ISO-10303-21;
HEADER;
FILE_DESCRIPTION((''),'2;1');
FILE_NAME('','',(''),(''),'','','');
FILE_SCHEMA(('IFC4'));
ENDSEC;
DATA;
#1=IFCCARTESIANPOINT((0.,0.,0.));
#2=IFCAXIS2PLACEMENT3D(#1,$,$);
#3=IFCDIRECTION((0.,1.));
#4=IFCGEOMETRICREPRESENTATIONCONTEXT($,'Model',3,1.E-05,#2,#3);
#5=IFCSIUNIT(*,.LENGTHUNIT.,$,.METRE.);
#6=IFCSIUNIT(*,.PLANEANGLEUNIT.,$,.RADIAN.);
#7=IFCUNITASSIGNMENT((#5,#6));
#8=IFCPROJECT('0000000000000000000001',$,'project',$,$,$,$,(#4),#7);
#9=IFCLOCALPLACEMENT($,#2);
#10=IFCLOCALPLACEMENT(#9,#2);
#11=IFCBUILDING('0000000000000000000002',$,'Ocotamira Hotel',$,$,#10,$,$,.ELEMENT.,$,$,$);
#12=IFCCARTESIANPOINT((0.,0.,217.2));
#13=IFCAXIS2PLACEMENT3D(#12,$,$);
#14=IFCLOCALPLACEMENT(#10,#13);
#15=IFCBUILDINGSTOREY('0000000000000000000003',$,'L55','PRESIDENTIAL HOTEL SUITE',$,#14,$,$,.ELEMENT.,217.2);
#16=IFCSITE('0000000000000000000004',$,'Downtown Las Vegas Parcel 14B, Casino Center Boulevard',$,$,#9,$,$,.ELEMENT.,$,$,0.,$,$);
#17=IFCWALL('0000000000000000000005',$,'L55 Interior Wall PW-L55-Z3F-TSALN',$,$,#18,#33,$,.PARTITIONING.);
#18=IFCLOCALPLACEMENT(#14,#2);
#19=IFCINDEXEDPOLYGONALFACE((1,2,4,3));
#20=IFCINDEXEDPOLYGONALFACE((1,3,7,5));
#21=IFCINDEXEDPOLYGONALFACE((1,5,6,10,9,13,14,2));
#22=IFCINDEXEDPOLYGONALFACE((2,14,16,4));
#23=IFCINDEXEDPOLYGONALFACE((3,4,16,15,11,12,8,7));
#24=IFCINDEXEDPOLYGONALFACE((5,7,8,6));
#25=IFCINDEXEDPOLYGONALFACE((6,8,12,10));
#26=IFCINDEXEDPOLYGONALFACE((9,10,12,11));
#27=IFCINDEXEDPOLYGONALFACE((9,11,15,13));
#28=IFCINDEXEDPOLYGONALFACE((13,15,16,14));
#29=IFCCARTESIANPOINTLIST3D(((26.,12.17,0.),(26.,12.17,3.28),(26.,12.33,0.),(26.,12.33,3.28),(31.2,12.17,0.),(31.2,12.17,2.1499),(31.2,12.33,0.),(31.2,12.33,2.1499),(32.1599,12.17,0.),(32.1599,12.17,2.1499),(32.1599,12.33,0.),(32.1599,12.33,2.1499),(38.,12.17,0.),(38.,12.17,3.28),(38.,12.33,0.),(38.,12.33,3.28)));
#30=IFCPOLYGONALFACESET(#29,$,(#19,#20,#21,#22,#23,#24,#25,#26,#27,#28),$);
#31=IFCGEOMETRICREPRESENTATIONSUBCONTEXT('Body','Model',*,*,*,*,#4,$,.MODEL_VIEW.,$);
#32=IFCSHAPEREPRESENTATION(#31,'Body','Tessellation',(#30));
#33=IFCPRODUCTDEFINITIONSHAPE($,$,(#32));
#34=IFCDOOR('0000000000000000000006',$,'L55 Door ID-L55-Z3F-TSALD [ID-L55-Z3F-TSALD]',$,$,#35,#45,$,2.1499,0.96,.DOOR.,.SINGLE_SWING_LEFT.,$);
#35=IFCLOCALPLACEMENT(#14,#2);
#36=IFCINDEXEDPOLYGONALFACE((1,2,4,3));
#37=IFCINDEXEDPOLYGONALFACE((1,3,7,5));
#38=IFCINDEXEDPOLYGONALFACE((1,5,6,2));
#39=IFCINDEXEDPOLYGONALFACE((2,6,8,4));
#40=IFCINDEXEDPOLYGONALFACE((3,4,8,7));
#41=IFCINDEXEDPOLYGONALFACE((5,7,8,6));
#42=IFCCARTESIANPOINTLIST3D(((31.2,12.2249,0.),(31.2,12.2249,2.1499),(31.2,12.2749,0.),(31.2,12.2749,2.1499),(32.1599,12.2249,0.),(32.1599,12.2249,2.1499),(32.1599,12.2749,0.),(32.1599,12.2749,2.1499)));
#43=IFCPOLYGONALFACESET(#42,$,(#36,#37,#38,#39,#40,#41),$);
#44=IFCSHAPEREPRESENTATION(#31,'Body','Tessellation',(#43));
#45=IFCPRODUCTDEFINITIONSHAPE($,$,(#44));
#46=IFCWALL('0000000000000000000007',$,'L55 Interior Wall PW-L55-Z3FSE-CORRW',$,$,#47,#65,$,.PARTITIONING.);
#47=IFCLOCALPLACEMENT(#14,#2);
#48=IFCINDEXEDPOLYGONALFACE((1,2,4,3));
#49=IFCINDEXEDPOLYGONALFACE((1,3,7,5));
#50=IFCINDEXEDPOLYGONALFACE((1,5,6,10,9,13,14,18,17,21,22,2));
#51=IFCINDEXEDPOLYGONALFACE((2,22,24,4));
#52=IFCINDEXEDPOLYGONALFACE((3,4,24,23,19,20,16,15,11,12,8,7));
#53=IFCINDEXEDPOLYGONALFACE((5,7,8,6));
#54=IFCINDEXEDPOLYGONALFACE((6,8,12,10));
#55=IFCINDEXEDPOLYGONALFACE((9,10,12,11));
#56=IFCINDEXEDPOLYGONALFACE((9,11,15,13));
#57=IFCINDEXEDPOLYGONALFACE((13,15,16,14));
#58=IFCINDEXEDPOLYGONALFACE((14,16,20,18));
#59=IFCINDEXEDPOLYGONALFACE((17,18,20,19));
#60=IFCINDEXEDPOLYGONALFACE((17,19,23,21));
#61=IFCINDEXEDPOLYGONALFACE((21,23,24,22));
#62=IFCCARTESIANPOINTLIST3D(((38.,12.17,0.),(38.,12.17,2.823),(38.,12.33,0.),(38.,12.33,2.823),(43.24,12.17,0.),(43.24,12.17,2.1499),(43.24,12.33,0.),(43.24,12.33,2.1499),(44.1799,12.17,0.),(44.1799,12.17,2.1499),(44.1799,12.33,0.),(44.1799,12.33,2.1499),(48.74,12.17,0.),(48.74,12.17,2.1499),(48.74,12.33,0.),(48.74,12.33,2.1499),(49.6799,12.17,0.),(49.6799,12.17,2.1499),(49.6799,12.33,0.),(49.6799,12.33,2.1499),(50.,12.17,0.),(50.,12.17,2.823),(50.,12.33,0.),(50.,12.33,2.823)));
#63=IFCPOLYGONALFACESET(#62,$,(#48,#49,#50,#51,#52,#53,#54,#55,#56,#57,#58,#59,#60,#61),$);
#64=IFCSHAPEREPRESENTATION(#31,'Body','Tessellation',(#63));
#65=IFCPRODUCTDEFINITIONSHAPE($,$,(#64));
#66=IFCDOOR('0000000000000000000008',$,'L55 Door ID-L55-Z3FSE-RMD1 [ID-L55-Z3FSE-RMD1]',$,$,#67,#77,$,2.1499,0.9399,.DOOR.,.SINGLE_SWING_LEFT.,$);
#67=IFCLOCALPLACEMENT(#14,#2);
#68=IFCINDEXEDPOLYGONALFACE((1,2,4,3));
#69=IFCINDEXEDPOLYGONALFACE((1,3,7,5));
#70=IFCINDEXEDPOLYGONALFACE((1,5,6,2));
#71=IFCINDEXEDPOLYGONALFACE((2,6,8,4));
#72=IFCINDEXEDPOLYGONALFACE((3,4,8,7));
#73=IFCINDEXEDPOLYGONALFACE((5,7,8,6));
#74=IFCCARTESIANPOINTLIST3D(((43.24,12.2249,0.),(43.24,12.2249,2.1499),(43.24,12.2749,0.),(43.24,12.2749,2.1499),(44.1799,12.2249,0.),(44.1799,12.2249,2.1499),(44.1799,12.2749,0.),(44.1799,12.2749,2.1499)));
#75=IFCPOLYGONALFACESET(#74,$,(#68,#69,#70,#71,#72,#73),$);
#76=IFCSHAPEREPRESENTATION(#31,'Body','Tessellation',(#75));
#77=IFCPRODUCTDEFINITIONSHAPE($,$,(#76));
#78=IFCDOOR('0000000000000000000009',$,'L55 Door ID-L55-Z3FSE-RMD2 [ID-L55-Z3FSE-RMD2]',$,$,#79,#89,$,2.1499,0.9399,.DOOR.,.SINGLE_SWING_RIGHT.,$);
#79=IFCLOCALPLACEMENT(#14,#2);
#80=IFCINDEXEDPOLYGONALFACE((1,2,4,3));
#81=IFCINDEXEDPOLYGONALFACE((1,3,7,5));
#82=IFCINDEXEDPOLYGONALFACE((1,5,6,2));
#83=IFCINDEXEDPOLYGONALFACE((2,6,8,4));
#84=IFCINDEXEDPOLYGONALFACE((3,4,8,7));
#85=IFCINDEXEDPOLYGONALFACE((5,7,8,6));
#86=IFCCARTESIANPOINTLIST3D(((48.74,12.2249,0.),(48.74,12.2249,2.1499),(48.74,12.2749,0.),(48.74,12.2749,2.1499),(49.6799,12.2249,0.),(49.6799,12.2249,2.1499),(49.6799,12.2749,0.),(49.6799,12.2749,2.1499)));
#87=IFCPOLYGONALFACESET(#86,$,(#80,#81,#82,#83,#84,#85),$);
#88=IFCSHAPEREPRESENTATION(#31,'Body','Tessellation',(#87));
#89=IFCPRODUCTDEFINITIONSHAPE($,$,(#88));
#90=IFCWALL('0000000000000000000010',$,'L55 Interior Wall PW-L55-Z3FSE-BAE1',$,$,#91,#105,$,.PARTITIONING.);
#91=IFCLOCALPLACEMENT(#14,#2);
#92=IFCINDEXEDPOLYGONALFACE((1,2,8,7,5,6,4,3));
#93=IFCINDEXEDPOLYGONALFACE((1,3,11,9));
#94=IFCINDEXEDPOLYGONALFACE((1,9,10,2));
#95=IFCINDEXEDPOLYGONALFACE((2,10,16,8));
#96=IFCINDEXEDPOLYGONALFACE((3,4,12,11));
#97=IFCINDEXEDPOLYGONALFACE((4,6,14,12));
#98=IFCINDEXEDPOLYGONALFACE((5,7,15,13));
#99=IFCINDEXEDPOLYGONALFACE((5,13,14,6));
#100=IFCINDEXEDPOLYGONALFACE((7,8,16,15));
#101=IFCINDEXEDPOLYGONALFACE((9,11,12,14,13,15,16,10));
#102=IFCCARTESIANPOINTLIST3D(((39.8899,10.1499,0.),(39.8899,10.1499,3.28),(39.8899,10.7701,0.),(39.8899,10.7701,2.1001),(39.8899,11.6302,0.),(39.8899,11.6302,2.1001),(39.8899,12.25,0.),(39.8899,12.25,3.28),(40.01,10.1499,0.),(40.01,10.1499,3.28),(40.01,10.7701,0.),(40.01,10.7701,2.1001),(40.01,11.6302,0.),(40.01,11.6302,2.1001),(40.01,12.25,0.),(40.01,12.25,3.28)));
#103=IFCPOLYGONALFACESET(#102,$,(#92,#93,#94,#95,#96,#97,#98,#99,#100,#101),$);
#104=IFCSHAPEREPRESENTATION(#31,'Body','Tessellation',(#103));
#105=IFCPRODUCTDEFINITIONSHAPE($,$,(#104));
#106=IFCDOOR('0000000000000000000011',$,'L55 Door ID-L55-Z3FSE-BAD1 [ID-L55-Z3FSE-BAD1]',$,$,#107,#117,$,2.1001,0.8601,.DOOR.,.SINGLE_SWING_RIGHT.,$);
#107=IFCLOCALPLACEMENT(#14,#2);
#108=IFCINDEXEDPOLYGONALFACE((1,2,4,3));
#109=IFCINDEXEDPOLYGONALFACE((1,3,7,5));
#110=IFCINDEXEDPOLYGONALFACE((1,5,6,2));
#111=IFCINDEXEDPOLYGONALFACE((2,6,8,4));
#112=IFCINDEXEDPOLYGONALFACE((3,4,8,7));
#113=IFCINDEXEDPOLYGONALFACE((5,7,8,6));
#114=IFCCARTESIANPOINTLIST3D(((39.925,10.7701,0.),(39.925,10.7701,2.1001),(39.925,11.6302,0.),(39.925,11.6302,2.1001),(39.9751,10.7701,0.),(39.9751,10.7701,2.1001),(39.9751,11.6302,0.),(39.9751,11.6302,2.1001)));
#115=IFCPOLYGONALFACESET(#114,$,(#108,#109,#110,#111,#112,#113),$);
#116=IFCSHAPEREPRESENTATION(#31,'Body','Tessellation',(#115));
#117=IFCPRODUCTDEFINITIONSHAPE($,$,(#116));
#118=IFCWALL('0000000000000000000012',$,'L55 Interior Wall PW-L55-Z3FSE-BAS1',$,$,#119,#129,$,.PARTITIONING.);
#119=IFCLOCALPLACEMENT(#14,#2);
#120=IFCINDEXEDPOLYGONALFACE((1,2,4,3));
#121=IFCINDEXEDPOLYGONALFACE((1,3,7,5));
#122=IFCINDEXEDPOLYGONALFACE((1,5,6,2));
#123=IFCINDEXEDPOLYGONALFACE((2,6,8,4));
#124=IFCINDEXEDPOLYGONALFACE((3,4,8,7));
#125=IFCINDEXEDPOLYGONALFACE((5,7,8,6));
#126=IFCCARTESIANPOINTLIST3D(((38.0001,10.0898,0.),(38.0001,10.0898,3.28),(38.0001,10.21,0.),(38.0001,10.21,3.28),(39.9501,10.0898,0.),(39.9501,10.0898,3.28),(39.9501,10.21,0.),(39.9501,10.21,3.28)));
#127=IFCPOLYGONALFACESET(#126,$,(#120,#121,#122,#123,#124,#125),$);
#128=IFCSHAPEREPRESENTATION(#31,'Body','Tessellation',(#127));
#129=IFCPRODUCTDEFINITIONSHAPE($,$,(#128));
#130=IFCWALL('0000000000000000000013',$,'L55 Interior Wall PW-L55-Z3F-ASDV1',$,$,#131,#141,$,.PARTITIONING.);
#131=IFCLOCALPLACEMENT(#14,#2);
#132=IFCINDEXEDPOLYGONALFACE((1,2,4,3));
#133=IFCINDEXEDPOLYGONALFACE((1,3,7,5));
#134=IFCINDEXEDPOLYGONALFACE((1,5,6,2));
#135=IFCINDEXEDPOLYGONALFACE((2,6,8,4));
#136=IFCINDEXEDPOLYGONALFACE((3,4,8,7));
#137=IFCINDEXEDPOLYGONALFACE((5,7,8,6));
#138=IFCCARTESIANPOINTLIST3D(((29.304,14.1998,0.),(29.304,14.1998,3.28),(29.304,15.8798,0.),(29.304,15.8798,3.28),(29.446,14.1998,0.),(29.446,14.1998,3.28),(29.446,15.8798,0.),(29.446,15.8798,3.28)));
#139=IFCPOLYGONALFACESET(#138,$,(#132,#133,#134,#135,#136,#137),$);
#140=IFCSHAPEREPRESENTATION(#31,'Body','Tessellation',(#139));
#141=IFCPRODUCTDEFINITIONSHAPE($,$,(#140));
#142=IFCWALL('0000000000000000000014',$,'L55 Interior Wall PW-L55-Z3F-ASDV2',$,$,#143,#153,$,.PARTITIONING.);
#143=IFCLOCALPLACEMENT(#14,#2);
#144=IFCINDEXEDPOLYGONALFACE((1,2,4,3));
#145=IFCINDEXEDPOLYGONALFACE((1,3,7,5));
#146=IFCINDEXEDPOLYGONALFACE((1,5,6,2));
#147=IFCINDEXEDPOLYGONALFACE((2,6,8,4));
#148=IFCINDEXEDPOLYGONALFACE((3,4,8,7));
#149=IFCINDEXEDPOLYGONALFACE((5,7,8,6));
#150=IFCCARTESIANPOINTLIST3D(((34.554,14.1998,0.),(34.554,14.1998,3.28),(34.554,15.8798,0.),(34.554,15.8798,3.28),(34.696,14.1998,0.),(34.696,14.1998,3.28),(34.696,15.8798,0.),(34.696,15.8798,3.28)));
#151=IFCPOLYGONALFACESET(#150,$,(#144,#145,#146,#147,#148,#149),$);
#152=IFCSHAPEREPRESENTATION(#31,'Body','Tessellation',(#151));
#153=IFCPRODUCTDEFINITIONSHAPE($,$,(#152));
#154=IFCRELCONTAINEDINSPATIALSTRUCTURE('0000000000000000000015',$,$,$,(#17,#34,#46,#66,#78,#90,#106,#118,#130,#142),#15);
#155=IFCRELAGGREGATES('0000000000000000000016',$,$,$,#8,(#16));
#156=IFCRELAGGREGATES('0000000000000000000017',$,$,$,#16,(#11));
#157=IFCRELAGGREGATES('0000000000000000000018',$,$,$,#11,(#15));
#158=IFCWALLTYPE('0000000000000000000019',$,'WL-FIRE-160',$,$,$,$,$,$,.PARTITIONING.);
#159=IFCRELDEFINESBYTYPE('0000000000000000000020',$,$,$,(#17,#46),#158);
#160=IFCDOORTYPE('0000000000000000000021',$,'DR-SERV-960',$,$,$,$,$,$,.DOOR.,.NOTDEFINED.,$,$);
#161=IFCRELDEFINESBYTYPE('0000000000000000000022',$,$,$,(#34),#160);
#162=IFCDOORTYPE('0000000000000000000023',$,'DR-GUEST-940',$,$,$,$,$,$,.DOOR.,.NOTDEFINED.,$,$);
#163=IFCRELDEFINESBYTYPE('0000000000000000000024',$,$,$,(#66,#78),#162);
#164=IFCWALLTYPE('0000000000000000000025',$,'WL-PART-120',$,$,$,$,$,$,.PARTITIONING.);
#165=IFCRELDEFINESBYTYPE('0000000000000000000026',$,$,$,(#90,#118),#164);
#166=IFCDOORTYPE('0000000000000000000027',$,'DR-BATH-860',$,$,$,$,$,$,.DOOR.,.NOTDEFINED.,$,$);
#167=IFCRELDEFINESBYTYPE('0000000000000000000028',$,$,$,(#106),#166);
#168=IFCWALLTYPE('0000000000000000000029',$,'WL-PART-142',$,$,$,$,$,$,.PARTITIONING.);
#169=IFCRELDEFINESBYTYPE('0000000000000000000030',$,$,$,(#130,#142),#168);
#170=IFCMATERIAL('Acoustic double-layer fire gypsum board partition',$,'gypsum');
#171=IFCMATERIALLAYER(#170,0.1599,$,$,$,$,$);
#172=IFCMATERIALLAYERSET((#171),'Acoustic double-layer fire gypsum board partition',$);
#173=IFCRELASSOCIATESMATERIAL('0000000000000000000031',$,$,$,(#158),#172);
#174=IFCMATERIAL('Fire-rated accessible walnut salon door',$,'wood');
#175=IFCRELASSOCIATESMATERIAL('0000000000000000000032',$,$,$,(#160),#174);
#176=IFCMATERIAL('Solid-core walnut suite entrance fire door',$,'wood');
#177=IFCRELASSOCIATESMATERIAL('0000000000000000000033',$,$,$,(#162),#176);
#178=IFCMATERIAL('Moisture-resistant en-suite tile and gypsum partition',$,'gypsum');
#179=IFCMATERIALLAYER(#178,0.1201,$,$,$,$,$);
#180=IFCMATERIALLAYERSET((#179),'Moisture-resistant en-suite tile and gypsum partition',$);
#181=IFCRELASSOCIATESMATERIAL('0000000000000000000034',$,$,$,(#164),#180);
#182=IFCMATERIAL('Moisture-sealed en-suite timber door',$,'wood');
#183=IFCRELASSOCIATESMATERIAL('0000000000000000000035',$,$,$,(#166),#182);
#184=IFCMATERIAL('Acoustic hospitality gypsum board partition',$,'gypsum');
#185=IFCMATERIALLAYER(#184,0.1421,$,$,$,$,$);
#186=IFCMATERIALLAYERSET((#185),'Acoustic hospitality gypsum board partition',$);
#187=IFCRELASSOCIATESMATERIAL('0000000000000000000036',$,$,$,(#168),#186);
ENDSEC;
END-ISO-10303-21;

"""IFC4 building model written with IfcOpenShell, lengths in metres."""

from ifc_helpers import new_model, si_unit, direction, frame, frame_2d, origin, place, context, subcontext, project, spatial, rectangle, extrude, source, transform, mapped, material, layer, layer_set, type_object, element, fill, save


model = new_model("IFC4")

# Units and contexts
model_context = context("Model", 3, precision=1e-05, world=origin(), true_north=direction((0.0, 1.0)))
body_context = subcontext(model_context, "Body", "Model", "MODEL_VIEW")
ifc_project = project(units=[si_unit("LENGTHUNIT", "METRE"), si_unit("PLANEANGLEUNIT", "RADIAN")], contexts=[model_context])

# Site, building, storey
site_placement = place(None, origin())
site = spatial("IfcSite", under=ifc_project, at=site_placement, Name="Downtown Las Vegas Parcel 14B, Casino Center Boulevard", CompositionType="ELEMENT", RefElevation=0.0)
building_placement = place(site_placement, origin())
building = spatial("IfcBuilding", under=site, at=building_placement, Name="Ocotamira Hotel", CompositionType="ELEMENT")
storey_placement = place(building_placement, frame((0.0, 0.0, 217.2)))
storey = spatial("IfcBuildingStorey", under=building, at=storey_placement, Name="L55", Description="PRESIDENTIAL HOTEL SUITE", CompositionType="ELEMENT", Elevation=217.2)

# Wall, opening, door
ifc_material_1 = material(Name="Acoustic double-layer fire gypsum board partition", Category="gypsum")
ifc_layer_1 = layer(ifc_material_1, 0.1599)
ifc_layer_set_1 = layer_set([ifc_layer_1], Name="Acoustic double-layer fire gypsum board partition")
wall_type_1 = type_object("IfcWallType", Name="WL-FIRE-160", PredefinedType="PARTITIONING", material=ifc_layer_set_1)
wall_1_placement = place(storey_placement, frame((26.0, 12.25, 0.0), z_axis=(0.0, 0.0, 1.0), x_axis=(1.0, 0.0, 0.0)))
wall_1 = element("IfcWall", 1, at=wall_1_placement, inside=storey, type_object=wall_type_1, Name="L55 Interior Wall PW-L55-Z3F-TSALN", PredefinedType="PARTITIONING", context=body_context, shape_type="SweptSolid", body=[
    extrude(rectangle(XDim=12.0, YDim=0.1599, at=frame_2d((6.0, 0.0))), origin(), (0.0, 0.0, 1.0), 3.28),
])
opening_1_placement = place(wall_1_placement, frame((5.2, 0.0, 0.0)))
opening_1 = element("IfcOpeningElement", 2, at=opening_1_placement, cuts=wall_1, PredefinedType="OPENING", context=body_context, shape_type="SweptSolid", body=[
    extrude(rectangle(XDim=0.96, YDim=2.1499, at=frame_2d((0.48, 1.075))), frame((0.0, 0.0898, 0.0), z_axis=(0.0, -1.0, 0.0), x_axis=(1.0, 0.0, 0.0)), (0.0, 0.0, 1.0), 0.1799),
])
ifc_material_2 = material(Name="Fire-rated accessible walnut salon door", Category="wood")
door_type_1 = type_object("IfcDoorType", Name="DR-SERV-960", OperationType="NOTDEFINED", PredefinedType="DOOR", material=ifc_material_2)
shared_shape_1 = source(origin(), body_context, "Body", "SweptSolid", [
    extrude(rectangle(XDim=0.96, YDim=2.1499, at=frame_2d((0.48, 1.075))), frame((0.0, 0.0249, 0.0), z_axis=(0.0, -1.0, 0.0), x_axis=(1.0, 0.0, 0.0)), (0.0, 0.0, 1.0), 0.05),
])
door_1_placement = place(opening_1_placement, origin())
door_1 = element("IfcDoor", 3, at=door_1_placement, inside=storey, type_object=door_type_1, Name="L55 Door ID-L55-Z3F-TSALD [ID-L55-Z3F-TSALD]", OperationType="SINGLE_SWING_LEFT", OverallHeight=2.1499, OverallWidth=0.96, PredefinedType="DOOR", context=body_context, shape_type="MappedRepresentation", body=[
    mapped(shared_shape_1, transform((0.0, 0.0, 0.0), scale=1.0)),
])
fill(opening_1, door_1)

# Wall, openings, doors
wall_2_placement = place(storey_placement, frame((38.0, 12.25, 0.0), z_axis=(0.0, 0.0, 1.0), x_axis=(1.0, 0.0, 0.0)))
wall_2 = element("IfcWall", 4, at=wall_2_placement, inside=storey, type_object=wall_type_1, Name="L55 Interior Wall PW-L55-Z3FSE-CORRW", PredefinedType="PARTITIONING", context=body_context, shape_type="SweptSolid", body=[
    extrude(rectangle(XDim=12.0, YDim=0.1599, at=frame_2d((6.0, 0.0))), origin(), (0.0, 0.0, 1.0), 2.823),
])
opening_2_placement = place(wall_2_placement, frame((5.24, 0.0, 0.0)))
opening_2 = element("IfcOpeningElement", 5, at=opening_2_placement, cuts=wall_2, PredefinedType="OPENING", context=body_context, shape_type="SweptSolid", body=[
    extrude(rectangle(XDim=0.9399, YDim=2.1499, at=frame_2d((0.47, 1.075))), frame((0.0, 0.0898, 0.0), z_axis=(0.0, -1.0, 0.0), x_axis=(1.0, 0.0, 0.0)), (0.0, 0.0, 1.0), 0.1799),
])
opening_3_placement = place(wall_2_placement, frame((10.74, 0.0, 0.0)))
opening_3 = element("IfcOpeningElement", 6, at=opening_3_placement, cuts=wall_2, PredefinedType="OPENING", context=body_context, shape_type="SweptSolid", body=[
    extrude(rectangle(XDim=0.9399, YDim=2.1499, at=frame_2d((0.47, 1.075))), frame((0.0, 0.0898, 0.0), z_axis=(0.0, -1.0, 0.0), x_axis=(1.0, 0.0, 0.0)), (0.0, 0.0, 1.0), 0.1799),
])
ifc_material_3 = material(Name="Solid-core walnut suite entrance fire door", Category="wood")
door_type_2 = type_object("IfcDoorType", Name="DR-GUEST-940", OperationType="NOTDEFINED", PredefinedType="DOOR", material=ifc_material_3)
shared_shape_2 = source(origin(), body_context, "Body", "SweptSolid", [
    extrude(rectangle(XDim=0.9399, YDim=2.1499, at=frame_2d((0.47, 1.075))), frame((0.0, 0.0249, 0.0), z_axis=(0.0, -1.0, 0.0), x_axis=(1.0, 0.0, 0.0)), (0.0, 0.0, 1.0), 0.05),
])
door_2_placement = place(opening_2_placement, origin())
door_2 = element("IfcDoor", 7, at=door_2_placement, inside=storey, type_object=door_type_2, Name="L55 Door ID-L55-Z3FSE-RMD1 [ID-L55-Z3FSE-RMD1]", OperationType="SINGLE_SWING_LEFT", OverallHeight=2.1499, OverallWidth=0.9399, PredefinedType="DOOR", context=body_context, shape_type="MappedRepresentation", body=[
    mapped(shared_shape_2, transform((0.0, 0.0, 0.0), scale=1.0)),
])
fill(opening_2, door_2)
door_3_placement = place(opening_3_placement, origin())
door_3 = element("IfcDoor", 8, at=door_3_placement, inside=storey, type_object=door_type_2, Name="L55 Door ID-L55-Z3FSE-RMD2 [ID-L55-Z3FSE-RMD2]", OperationType="SINGLE_SWING_RIGHT", OverallHeight=2.1499, OverallWidth=0.9399, PredefinedType="DOOR", context=body_context, shape_type="MappedRepresentation", body=[
    mapped(shared_shape_2, transform((0.0, 0.0, 0.0), scale=1.0)),
])
fill(opening_3, door_3)

# Wall, opening, door
ifc_material_4 = material(Name="Moisture-resistant en-suite tile and gypsum partition", Category="gypsum")
ifc_layer_2 = layer(ifc_material_4, 0.1201)
ifc_layer_set_2 = layer_set([ifc_layer_2], Name="Moisture-resistant en-suite tile and gypsum partition")
wall_type_2 = type_object("IfcWallType", Name="WL-PART-120", PredefinedType="PARTITIONING", material=ifc_layer_set_2)
wall_3_placement = place(storey_placement, frame((39.95, 10.1499, 0.0), z_axis=(0.0, 0.0, 1.0), x_axis=(0.0, 1.0, 0.0)))
wall_3 = element("IfcWall", 9, at=wall_3_placement, inside=storey, type_object=wall_type_2, Name="L55 Interior Wall PW-L55-Z3FSE-BAE1", PredefinedType="PARTITIONING", context=body_context, shape_type="SweptSolid", body=[
    extrude(rectangle(XDim=2.1001, YDim=0.1201, at=frame_2d((1.05, 0.0))), origin(), (0.0, 0.0, 1.0), 3.28),
])
opening_4_placement = place(wall_3_placement, frame((0.6201, 0.0, 0.0)))
opening_4 = element("IfcOpeningElement", 10, at=opening_4_placement, cuts=wall_3, PredefinedType="OPENING", context=body_context, shape_type="SweptSolid", body=[
    extrude(rectangle(XDim=0.8601, YDim=2.1001, at=frame_2d((0.4302, 1.05))), frame((0.0, 0.0701, 0.0), z_axis=(0.0, -1.0, 0.0), x_axis=(1.0, 0.0, 0.0)), (0.0, 0.0, 1.0), 0.1401),
])
ifc_material_5 = material(Name="Moisture-sealed en-suite timber door", Category="wood")
door_type_3 = type_object("IfcDoorType", Name="DR-BATH-860", OperationType="NOTDEFINED", PredefinedType="DOOR", material=ifc_material_5)
shared_shape_3 = source(origin(), body_context, "Body", "SweptSolid", [
    extrude(rectangle(XDim=0.8601, YDim=2.1001, at=frame_2d((0.4302, 1.05))), frame((0.0, 0.0249, 0.0), z_axis=(0.0, -1.0, 0.0), x_axis=(1.0, 0.0, 0.0)), (0.0, 0.0, 1.0), 0.05),
])
door_4_placement = place(opening_4_placement, origin())
door_4 = element("IfcDoor", 11, at=door_4_placement, inside=storey, type_object=door_type_3, Name="L55 Door ID-L55-Z3FSE-BAD1 [ID-L55-Z3FSE-BAD1]", OperationType="SINGLE_SWING_RIGHT", OverallHeight=2.1001, OverallWidth=0.8601, PredefinedType="DOOR", context=body_context, shape_type="MappedRepresentation", body=[
    mapped(shared_shape_3, transform((0.0, 0.0, 0.0), scale=1.0)),
])
fill(opening_4, door_4)

# Walls
wall_4_placement = place(storey_placement, frame((38.0, 10.1499, 0.0), z_axis=(0.0, 0.0, 1.0), x_axis=(1.0, 0.0, 0.0)))
element("IfcWall", 12, at=wall_4_placement, inside=storey, type_object=wall_type_2, Name="L55 Interior Wall PW-L55-Z3FSE-BAS1", PredefinedType="PARTITIONING", context=body_context, shape_type="SweptSolid", body=[
    extrude(rectangle(XDim=1.95, YDim=0.1201, at=frame_2d((0.9751, 0.0))), origin(), (0.0, 0.0, 1.0), 3.28),
])
ifc_material_6 = material(Name="Acoustic hospitality gypsum board partition", Category="gypsum")
ifc_layer_3 = layer(ifc_material_6, 0.1421)
ifc_layer_set_3 = layer_set([ifc_layer_3], Name="Acoustic hospitality gypsum board partition")
wall_type_3 = type_object("IfcWallType", Name="WL-PART-142", PredefinedType="PARTITIONING", material=ifc_layer_set_3)
for number, where, z_axis, x_axis, name in (
    (13, (29.375, 14.2, 0.0), (0.0, 0.0, 1.0), (0.0, 1.0, 0.0), "L55 Interior Wall PW-L55-Z3F-ASDV1"),
    (14, (34.625, 14.2, 0.0), (0.0, 0.0, 1.0), (0.0, 1.0, 0.0), "L55 Interior Wall PW-L55-Z3F-ASDV2"),
):
    element("IfcWall", number, at=place(storey_placement, frame(where, z_axis=z_axis, x_axis=x_axis)), inside=storey, type_object=wall_type_3, Name=name, PredefinedType="PARTITIONING", context=body_context, shape_type="SweptSolid", body=[
        extrude(rectangle(XDim=1.6799, YDim=0.1421, at=frame_2d((0.8398, 0.0))), origin(), (0.0, 0.0, 1.0), 3.28),
    ])

save(model, "model.ifc")
